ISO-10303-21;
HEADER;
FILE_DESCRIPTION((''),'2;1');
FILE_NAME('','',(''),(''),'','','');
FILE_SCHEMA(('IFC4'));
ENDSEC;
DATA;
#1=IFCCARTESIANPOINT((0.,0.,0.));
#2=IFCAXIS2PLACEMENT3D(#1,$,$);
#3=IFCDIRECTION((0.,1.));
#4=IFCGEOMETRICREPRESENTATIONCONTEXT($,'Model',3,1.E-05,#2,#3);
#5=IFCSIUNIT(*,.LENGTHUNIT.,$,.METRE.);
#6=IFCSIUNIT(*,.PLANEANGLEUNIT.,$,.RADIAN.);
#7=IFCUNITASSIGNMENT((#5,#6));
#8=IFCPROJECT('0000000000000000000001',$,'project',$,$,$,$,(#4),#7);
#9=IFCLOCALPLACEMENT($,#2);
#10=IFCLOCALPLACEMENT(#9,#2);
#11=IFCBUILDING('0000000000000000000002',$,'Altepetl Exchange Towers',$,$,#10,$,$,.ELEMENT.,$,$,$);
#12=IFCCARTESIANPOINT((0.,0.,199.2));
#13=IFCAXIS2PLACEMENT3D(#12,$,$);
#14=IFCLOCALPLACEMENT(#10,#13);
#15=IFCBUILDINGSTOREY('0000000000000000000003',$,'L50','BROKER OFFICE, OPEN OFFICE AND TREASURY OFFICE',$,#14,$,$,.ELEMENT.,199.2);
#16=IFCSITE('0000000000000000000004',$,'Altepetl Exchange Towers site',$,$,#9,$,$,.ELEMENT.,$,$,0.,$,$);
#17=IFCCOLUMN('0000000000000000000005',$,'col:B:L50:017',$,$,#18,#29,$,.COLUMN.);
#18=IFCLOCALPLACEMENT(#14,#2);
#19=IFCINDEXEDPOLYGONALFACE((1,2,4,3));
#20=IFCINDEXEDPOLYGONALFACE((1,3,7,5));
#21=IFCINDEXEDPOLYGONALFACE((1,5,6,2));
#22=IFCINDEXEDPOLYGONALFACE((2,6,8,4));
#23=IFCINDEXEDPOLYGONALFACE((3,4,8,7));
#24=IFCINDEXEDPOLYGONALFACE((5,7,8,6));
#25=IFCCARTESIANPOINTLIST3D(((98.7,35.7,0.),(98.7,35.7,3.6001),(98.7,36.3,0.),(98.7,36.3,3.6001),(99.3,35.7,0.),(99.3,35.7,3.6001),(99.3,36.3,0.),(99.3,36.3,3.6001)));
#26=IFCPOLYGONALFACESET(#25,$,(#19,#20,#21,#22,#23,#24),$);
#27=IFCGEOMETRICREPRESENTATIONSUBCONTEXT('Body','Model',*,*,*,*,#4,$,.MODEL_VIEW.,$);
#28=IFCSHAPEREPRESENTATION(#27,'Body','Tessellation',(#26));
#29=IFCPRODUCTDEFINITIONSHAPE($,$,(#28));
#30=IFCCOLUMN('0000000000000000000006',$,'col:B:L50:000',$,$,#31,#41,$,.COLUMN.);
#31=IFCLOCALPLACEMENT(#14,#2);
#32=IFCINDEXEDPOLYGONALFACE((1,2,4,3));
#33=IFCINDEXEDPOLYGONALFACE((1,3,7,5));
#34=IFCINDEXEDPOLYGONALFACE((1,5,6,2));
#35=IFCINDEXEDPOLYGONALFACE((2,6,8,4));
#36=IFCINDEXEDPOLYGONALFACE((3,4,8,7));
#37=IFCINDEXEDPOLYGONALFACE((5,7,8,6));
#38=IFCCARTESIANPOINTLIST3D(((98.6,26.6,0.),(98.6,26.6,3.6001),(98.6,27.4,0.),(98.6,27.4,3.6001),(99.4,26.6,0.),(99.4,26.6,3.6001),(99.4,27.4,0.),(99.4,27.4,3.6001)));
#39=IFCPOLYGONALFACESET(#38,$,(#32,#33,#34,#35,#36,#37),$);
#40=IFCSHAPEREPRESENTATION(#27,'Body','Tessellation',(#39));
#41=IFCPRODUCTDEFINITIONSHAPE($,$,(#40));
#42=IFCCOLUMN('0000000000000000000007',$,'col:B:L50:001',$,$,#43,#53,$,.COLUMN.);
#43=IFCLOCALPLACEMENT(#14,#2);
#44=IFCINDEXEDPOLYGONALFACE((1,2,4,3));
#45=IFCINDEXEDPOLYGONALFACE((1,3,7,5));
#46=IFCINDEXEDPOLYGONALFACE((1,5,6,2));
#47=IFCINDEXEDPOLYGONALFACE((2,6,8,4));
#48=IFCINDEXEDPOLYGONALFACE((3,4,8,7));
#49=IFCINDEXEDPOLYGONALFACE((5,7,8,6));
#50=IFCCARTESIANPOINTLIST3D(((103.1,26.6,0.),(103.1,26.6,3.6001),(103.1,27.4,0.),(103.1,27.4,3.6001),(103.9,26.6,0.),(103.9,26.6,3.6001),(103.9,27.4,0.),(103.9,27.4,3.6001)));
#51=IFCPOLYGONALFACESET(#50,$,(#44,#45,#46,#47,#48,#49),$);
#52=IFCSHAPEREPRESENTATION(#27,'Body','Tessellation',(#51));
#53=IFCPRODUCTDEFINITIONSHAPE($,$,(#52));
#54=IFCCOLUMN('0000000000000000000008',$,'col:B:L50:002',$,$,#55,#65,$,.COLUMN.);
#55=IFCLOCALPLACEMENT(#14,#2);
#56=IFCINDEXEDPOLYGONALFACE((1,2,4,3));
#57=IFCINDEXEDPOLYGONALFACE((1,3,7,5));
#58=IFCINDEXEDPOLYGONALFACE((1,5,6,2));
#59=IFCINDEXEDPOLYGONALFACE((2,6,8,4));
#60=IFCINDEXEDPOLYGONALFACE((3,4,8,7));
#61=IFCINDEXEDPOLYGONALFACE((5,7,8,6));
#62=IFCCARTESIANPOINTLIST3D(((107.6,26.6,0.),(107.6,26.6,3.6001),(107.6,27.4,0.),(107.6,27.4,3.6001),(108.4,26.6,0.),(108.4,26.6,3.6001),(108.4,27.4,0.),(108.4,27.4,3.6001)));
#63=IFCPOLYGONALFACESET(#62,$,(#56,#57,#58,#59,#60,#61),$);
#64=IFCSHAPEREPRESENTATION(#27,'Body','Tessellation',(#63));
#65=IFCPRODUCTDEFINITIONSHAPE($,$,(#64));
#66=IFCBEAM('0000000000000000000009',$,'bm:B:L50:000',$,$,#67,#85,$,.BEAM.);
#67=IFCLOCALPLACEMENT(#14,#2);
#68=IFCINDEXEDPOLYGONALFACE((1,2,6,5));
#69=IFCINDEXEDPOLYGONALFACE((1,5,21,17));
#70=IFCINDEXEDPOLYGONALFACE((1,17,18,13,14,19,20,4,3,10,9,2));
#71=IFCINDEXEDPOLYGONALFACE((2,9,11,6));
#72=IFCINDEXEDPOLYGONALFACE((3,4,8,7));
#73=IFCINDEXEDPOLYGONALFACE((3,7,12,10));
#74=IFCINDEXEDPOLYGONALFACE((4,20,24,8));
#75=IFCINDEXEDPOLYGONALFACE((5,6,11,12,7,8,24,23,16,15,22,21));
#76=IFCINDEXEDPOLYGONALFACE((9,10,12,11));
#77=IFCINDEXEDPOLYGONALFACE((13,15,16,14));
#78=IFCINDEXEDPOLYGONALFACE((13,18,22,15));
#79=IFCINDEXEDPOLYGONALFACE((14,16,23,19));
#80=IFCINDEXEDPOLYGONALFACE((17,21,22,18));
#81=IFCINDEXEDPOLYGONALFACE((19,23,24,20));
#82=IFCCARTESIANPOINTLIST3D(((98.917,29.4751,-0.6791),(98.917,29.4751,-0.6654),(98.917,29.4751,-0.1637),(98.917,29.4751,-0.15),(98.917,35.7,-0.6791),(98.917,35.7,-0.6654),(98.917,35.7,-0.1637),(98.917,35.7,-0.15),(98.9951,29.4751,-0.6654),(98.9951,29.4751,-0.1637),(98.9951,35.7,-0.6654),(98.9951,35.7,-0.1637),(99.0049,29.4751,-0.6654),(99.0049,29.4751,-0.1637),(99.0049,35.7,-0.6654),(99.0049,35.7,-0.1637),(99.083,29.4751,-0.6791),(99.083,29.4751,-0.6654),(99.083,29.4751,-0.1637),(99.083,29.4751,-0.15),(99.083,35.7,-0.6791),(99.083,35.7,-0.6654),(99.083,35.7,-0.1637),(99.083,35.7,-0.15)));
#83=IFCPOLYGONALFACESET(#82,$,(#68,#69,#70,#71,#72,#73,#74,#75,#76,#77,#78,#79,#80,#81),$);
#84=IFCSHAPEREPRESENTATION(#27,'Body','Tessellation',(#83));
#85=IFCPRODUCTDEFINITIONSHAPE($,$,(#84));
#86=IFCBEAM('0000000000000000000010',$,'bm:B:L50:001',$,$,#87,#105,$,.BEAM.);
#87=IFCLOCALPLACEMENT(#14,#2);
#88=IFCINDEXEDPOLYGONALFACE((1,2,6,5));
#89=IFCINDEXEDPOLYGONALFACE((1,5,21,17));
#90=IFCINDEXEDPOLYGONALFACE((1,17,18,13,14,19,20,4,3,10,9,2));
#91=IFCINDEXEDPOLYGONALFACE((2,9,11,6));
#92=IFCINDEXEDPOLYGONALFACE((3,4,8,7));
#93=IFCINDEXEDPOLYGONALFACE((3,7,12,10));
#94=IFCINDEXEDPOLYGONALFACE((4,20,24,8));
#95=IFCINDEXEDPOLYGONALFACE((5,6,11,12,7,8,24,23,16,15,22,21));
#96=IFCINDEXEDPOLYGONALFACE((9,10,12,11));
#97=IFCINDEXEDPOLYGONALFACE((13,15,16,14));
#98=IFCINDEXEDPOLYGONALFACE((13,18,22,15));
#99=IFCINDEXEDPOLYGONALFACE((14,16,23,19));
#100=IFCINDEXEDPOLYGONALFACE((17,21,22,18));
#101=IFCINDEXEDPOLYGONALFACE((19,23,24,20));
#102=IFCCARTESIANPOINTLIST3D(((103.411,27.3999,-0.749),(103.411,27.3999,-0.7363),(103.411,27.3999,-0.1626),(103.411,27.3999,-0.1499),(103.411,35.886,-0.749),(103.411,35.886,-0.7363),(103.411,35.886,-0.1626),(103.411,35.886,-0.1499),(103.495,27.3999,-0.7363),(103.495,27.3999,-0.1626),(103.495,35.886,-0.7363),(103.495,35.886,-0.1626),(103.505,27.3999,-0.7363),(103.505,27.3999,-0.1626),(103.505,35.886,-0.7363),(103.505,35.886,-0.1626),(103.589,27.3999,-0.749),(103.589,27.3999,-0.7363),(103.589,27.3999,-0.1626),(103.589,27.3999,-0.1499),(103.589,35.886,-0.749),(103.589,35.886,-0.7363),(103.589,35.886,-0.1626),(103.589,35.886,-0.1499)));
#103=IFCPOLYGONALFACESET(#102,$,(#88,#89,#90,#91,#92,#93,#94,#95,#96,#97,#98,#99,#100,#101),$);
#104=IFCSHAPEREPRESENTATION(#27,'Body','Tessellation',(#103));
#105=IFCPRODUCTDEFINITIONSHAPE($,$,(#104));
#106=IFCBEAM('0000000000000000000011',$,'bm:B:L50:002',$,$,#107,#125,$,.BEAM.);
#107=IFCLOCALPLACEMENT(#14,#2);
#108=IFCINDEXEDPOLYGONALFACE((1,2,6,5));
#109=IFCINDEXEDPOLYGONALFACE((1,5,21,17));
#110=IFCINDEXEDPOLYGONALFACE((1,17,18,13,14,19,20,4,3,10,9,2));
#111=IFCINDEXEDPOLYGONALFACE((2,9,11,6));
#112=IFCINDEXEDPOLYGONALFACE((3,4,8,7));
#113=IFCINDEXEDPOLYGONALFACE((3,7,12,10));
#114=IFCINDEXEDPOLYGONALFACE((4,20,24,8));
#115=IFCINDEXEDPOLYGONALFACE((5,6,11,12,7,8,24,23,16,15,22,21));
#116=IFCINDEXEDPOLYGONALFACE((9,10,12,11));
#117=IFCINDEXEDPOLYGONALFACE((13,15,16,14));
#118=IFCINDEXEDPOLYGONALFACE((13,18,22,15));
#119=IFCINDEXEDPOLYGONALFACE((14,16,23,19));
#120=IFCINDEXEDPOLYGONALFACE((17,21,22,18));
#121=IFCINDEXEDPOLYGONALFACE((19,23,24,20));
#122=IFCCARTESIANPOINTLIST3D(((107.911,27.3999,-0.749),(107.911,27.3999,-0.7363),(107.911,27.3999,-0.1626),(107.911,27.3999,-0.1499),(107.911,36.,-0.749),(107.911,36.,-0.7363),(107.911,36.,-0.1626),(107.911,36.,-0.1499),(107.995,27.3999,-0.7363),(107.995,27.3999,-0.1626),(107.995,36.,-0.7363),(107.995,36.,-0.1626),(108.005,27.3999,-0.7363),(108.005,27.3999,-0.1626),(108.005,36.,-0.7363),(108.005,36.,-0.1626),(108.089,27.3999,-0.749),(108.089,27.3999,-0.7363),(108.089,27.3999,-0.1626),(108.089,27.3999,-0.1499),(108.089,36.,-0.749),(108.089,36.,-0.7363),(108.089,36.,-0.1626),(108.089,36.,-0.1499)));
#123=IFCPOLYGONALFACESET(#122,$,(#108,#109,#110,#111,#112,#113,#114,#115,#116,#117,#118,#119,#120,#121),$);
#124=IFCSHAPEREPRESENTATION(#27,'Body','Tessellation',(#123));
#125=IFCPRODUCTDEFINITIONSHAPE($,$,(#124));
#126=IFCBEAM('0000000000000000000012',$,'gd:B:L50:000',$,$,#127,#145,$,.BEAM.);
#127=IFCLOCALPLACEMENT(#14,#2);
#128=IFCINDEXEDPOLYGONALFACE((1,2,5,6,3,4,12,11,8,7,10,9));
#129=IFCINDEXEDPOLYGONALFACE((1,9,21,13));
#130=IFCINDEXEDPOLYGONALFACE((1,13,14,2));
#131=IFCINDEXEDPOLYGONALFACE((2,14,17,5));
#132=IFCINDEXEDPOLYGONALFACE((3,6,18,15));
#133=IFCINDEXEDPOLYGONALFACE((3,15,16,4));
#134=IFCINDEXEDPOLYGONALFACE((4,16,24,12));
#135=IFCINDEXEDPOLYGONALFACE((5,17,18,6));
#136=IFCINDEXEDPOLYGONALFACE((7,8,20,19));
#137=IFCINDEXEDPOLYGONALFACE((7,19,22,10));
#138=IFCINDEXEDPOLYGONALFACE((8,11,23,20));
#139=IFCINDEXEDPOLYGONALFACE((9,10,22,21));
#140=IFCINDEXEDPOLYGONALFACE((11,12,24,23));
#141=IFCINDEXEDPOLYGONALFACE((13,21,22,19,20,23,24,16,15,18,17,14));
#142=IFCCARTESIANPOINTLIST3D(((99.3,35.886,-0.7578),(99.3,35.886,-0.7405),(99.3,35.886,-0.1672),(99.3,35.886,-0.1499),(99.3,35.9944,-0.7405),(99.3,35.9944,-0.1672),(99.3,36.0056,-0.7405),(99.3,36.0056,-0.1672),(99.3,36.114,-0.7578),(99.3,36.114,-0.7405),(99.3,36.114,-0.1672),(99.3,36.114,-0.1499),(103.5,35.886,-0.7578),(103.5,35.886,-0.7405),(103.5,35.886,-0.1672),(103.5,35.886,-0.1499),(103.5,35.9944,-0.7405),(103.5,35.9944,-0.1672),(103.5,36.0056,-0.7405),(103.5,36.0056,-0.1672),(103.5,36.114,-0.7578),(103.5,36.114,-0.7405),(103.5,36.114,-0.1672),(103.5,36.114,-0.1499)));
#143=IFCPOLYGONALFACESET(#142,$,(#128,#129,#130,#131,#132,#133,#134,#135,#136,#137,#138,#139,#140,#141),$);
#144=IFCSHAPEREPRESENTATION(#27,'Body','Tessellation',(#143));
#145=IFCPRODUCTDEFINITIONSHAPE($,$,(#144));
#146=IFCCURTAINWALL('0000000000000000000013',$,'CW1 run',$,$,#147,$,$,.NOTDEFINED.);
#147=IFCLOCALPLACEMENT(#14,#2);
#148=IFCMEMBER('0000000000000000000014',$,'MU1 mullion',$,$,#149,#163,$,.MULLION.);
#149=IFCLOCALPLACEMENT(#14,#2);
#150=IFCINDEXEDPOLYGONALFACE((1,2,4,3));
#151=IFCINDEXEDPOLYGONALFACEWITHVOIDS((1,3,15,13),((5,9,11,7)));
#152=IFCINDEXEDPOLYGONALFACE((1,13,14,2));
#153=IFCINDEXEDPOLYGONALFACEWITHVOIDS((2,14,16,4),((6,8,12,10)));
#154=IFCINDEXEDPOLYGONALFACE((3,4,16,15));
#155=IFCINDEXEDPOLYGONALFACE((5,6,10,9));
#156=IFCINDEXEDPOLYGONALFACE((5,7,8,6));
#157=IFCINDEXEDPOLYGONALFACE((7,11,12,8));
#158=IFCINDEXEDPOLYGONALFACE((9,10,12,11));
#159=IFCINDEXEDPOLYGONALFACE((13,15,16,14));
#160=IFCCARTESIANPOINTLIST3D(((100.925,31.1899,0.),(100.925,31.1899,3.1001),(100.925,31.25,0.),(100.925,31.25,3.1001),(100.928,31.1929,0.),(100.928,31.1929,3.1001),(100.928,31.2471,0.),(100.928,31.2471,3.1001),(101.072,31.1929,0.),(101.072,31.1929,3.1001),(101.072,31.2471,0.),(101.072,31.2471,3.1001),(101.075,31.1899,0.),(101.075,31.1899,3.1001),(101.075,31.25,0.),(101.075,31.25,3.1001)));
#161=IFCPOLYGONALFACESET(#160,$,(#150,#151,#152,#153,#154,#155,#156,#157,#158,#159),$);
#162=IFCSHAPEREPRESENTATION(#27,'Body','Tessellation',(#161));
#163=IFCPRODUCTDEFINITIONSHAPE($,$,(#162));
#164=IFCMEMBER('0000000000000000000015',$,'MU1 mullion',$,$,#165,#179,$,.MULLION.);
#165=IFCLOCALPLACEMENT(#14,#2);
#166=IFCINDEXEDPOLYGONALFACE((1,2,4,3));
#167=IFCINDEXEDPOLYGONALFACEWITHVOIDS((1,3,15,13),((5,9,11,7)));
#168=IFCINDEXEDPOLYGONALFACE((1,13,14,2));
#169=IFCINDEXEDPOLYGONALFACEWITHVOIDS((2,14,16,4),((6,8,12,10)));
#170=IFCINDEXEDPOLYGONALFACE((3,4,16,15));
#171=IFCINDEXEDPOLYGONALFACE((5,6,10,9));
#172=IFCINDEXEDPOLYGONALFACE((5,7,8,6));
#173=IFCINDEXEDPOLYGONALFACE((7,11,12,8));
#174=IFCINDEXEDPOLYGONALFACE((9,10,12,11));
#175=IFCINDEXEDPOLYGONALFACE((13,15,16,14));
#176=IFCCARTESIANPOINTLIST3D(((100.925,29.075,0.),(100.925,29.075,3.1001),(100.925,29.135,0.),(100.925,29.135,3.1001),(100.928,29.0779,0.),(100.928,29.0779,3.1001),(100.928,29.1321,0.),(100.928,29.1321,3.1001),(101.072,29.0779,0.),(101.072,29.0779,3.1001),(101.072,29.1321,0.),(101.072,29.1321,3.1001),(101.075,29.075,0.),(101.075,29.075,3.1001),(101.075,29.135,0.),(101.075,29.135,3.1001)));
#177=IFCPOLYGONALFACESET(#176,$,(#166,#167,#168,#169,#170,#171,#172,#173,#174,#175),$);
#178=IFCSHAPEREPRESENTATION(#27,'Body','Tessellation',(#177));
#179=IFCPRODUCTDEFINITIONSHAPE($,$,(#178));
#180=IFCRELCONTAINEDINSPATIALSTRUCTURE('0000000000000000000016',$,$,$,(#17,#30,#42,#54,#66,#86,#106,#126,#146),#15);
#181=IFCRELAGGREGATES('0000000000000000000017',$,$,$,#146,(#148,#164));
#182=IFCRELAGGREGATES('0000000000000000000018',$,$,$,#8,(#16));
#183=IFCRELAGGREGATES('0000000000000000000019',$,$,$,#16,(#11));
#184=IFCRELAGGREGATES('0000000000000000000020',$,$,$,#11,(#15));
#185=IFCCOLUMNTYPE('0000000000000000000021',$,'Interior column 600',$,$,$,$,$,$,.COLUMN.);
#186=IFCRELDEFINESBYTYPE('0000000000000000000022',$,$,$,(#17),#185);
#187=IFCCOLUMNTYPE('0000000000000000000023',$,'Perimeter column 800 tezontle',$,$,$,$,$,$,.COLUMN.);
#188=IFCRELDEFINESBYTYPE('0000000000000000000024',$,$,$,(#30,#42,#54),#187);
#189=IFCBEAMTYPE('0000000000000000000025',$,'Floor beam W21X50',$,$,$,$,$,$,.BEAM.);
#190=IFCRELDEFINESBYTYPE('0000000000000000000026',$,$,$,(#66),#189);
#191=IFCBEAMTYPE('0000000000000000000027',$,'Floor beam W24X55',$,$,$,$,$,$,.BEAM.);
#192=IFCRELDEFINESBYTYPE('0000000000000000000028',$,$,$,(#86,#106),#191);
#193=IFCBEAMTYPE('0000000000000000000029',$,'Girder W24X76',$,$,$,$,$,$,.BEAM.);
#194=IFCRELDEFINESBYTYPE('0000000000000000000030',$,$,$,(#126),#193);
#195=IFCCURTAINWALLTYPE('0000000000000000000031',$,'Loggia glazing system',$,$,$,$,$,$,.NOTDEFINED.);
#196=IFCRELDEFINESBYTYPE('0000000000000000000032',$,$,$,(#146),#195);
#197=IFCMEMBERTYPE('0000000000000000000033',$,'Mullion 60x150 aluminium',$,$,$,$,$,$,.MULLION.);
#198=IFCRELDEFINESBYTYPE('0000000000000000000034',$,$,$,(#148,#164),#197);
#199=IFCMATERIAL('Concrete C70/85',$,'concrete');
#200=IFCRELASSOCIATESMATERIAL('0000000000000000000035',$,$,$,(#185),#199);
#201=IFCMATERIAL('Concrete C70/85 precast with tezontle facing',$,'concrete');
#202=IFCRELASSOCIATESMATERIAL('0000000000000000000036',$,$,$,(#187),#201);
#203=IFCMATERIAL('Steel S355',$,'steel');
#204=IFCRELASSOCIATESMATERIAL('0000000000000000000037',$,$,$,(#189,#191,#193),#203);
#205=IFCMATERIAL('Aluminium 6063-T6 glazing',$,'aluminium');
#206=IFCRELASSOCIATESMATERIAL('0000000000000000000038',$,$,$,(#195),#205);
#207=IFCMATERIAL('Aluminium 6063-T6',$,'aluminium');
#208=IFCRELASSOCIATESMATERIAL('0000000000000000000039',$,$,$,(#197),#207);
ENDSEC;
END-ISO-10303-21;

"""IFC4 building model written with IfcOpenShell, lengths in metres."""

from ifc_helpers import new_model, si_unit, direction, frame, origin, origin_2d, place, context, subcontext, project, spatial, rectangle, hollow_rectangle, i_section, extrude, material, material_profile, profile_set, type_object, element, aggregate, save


model = new_model("IFC4")

# Units and contexts
model_context = context("Model", 3, precision=1e-05, world=origin(), true_north=direction((0.0, 1.0)))
body_context = subcontext(model_context, "Body", "Model", "MODEL_VIEW")
ifc_project = project(units=[si_unit("LENGTHUNIT", "METRE"), si_unit("PLANEANGLEUNIT", "RADIAN")], contexts=[model_context])

# Site, building, storey
site_placement = place(None, origin())
site = spatial("IfcSite", under=ifc_project, at=site_placement, Name="Altepetl Exchange Towers site", CompositionType="ELEMENT", RefElevation=0.0)
building_placement = place(site_placement, origin())
building = spatial("IfcBuilding", under=site, at=building_placement, Name="Altepetl Exchange Towers", CompositionType="ELEMENT")
storey_placement = place(building_placement, frame((0.0, 0.0, 199.2)))
storey = spatial("IfcBuildingStorey", under=building, at=storey_placement, Name="L50", Description="BROKER OFFICE, OPEN OFFICE AND TREASURY OFFICE", CompositionType="ELEMENT", Elevation=199.2)

# Columns
ifc_material_1 = material(Name="Concrete C70/85", Category="concrete")
ifc_material_profile_1 = material_profile(ifc_material_1, rectangle(XDim=0.6001, YDim=0.6001, at=origin_2d()), Name="600 x 600")
ifc_profile_set_1 = profile_set([ifc_material_profile_1], Name="Concrete C70/85")
column_type_1 = type_object("IfcColumnType", Name="Interior column 600", PredefinedType="COLUMN", material=ifc_profile_set_1)
column_placement = place(storey_placement, frame((99.0, 36.0, 0.0)))
element("IfcColumn", 1, at=column_placement, inside=storey, type_object=column_type_1, Name="col:B:L50:017", PredefinedType="COLUMN", context=body_context, shape_type="SweptSolid", body=[
    extrude(rectangle(XDim=0.6001, YDim=0.6001, at=origin_2d()), origin(), (0.0, 0.0, 1.0), 3.6001),
])
ifc_material_2 = material(Name="Concrete C70/85 precast with tezontle facing", Category="concrete")
ifc_material_profile_2 = material_profile(ifc_material_2, rectangle(XDim=0.8, YDim=0.8, at=origin_2d()), Name="800 x 800")
ifc_profile_set_2 = profile_set([ifc_material_profile_2], Name="Concrete C70/85 precast with tezontle facing")
column_type_2 = type_object("IfcColumnType", Name="Perimeter column 800 tezontle", PredefinedType="COLUMN", material=ifc_profile_set_2)
for number, where, name in (
    (2, (99.0, 27.0, 0.0), "col:B:L50:000"),
    (3, (103.5, 27.0, 0.0), "col:B:L50:001"),
    (4, (108.0, 27.0, 0.0), "col:B:L50:002"),
):
    element("IfcColumn", number, at=place(storey_placement, frame(where)), inside=storey, type_object=column_type_2, Name=name, PredefinedType="COLUMN", context=body_context, shape_type="SweptSolid", body=[
        extrude(rectangle(XDim=0.8, YDim=0.8, at=origin_2d()), origin(), (0.0, 0.0, 1.0), 3.6001),
    ])

# Beams
ifc_material_3 = material(Name="Steel S355", Category="steel")
ifc_material_profile_3 = material_profile(ifc_material_3, i_section(OverallWidth=0.166, OverallDepth=0.5291, WebThickness=0.0098, FlangeThickness=0.0137, at=origin_2d()), Name="W21X50")
ifc_profile_set_3 = profile_set([ifc_material_profile_3], Name="Steel S355")
beam_type_1 = type_object("IfcBeamType", Name="Floor beam W21X50", PredefinedType="BEAM", material=ifc_profile_set_3)
beam_1_placement = place(storey_placement, frame((99.0, 29.4751, -0.4146), z_axis=(0.0, 1.0, 0.0), x_axis=(-1.0, 0.0, 0.0)))
element("IfcBeam", 5, at=beam_1_placement, inside=storey, type_object=beam_type_1, Name="bm:B:L50:000", PredefinedType="BEAM", context=body_context, shape_type="SweptSolid", body=[
    extrude(i_section(OverallWidth=0.166, OverallDepth=0.5291, WebThickness=0.0098, FlangeThickness=0.0137, at=origin_2d()), origin(), (0.0, 0.0, 1.0), 6.2249),
])
ifc_material_profile_4 = material_profile(ifc_material_3, i_section(OverallWidth=0.178, OverallDepth=0.5991, WebThickness=0.01, FlangeThickness=0.0127, at=origin_2d()), Name="W24X55")
ifc_profile_set_4 = profile_set([ifc_material_profile_4], Name="Steel S355")
beam_type_2 = type_object("IfcBeamType", Name="Floor beam W24X55", PredefinedType="BEAM", material=ifc_profile_set_4)
beam_2_placement = place(storey_placement, frame((103.5, 27.3999, -0.4495), z_axis=(0.0, 1.0, 0.0), x_axis=(-1.0, 0.0, 0.0)))
element("IfcBeam", 6, at=beam_2_placement, inside=storey, type_object=beam_type_2, Name="bm:B:L50:001", PredefinedType="BEAM", context=body_context, shape_type="SweptSolid", body=[
    extrude(i_section(OverallWidth=0.178, OverallDepth=0.5991, WebThickness=0.01, FlangeThickness=0.0127, at=origin_2d()), origin(), (0.0, 0.0, 1.0), 8.4861),
])
beam_3_placement = place(storey_placement, frame((108.0, 27.3999, -0.4495), z_axis=(0.0, 1.0, 0.0), x_axis=(-1.0, 0.0, 0.0)))
element("IfcBeam", 7, at=beam_3_placement, inside=storey, type_object=beam_type_2, Name="bm:B:L50:002", PredefinedType="BEAM", context=body_context, shape_type="SweptSolid", body=[
    extrude(i_section(OverallWidth=0.178, OverallDepth=0.5991, WebThickness=0.01, FlangeThickness=0.0127, at=origin_2d()), origin(), (0.0, 0.0, 1.0), 8.6001),
])
ifc_material_profile_5 = material_profile(ifc_material_3, i_section(OverallWidth=0.228, OverallDepth=0.6079, WebThickness=0.0112, FlangeThickness=0.0173, at=origin_2d()), Name="W24X76")
ifc_profile_set_5 = profile_set([ifc_material_profile_5], Name="Steel S355")
beam_type_3 = type_object("IfcBeamType", Name="Girder W24X76", PredefinedType="BEAM", material=ifc_profile_set_5)
beam_4_placement = place(storey_placement, frame((103.5, 36.0, -0.4539), z_axis=(-1.0, 0.0, 0.0), x_axis=(0.0, -1.0, 0.0)))
element("IfcBeam", 8, at=beam_4_placement, inside=storey, type_object=beam_type_3, Name="gd:B:L50:000", PredefinedType="BEAM", context=body_context, shape_type="SweptSolid", body=[
    extrude(i_section(OverallWidth=0.228, OverallDepth=0.6079, WebThickness=0.0112, FlangeThickness=0.0173, at=origin_2d()), origin(), (0.0, 0.0, 1.0), 4.2),
])

# Curtain wall, members
ifc_material_4 = material(Name="Aluminium 6063-T6 glazing", Category="aluminium")
curtain_wall_type = type_object("IfcCurtainWallType", Name="Loggia glazing system", PredefinedType="NOTDEFINED", material=ifc_material_4)
curtain_wall_1_placement = place(storey_placement, origin())
curtain_wall_1 = element("IfcCurtainWall", 9, at=curtain_wall_1_placement, inside=storey, type_object=curtain_wall_type, Name="CW1 run", PredefinedType="NOTDEFINED")
ifc_material_5 = material(Name="Aluminium 6063-T6", Category="aluminium")
ifc_material_profile_6 = material_profile(ifc_material_5, hollow_rectangle(XDim=0.0601, YDim=0.1499, WallThickness=0.0029, at=origin_2d()), Name="Mullion 60x150 aluminium")
ifc_profile_set_6 = profile_set([ifc_material_profile_6], Name="Aluminium 6063-T6")
member_type = type_object("IfcMemberType", Name="Mullion 60x150 aluminium", PredefinedType="MULLION", material=ifc_profile_set_6)
member_1_placement = place(storey_placement, frame((101.0, 31.22, 0.0), z_axis=(0.0, 0.0, 1.0), x_axis=(0.0, -1.0, 0.0)))
member_1 = element("IfcMember", 10, at=member_1_placement, type_object=member_type, Name="MU1 mullion", PredefinedType="MULLION", context=body_context, shape_type="SweptSolid", body=[
    extrude(hollow_rectangle(XDim=0.0601, YDim=0.1499, WallThickness=0.0029, at=origin_2d()), origin(), (0.0, 0.0, 1.0), 3.1001),
])
member_2_placement = place(storey_placement, frame((101.0, 29.105, 0.0), z_axis=(0.0, 0.0, 1.0), x_axis=(0.0, -1.0, 0.0)))
member_2 = element("IfcMember", 11, at=member_2_placement, type_object=member_type, Name="MU1 mullion", PredefinedType="MULLION", context=body_context, shape_type="SweptSolid", body=[
    extrude(hollow_rectangle(XDim=0.0601, YDim=0.1499, WallThickness=0.0029, at=origin_2d()), origin(), (0.0, 0.0, 1.0), 3.1001),
])

aggregate(curtain_wall_1, [member_1, member_2])

save(model, "model.ifc")
